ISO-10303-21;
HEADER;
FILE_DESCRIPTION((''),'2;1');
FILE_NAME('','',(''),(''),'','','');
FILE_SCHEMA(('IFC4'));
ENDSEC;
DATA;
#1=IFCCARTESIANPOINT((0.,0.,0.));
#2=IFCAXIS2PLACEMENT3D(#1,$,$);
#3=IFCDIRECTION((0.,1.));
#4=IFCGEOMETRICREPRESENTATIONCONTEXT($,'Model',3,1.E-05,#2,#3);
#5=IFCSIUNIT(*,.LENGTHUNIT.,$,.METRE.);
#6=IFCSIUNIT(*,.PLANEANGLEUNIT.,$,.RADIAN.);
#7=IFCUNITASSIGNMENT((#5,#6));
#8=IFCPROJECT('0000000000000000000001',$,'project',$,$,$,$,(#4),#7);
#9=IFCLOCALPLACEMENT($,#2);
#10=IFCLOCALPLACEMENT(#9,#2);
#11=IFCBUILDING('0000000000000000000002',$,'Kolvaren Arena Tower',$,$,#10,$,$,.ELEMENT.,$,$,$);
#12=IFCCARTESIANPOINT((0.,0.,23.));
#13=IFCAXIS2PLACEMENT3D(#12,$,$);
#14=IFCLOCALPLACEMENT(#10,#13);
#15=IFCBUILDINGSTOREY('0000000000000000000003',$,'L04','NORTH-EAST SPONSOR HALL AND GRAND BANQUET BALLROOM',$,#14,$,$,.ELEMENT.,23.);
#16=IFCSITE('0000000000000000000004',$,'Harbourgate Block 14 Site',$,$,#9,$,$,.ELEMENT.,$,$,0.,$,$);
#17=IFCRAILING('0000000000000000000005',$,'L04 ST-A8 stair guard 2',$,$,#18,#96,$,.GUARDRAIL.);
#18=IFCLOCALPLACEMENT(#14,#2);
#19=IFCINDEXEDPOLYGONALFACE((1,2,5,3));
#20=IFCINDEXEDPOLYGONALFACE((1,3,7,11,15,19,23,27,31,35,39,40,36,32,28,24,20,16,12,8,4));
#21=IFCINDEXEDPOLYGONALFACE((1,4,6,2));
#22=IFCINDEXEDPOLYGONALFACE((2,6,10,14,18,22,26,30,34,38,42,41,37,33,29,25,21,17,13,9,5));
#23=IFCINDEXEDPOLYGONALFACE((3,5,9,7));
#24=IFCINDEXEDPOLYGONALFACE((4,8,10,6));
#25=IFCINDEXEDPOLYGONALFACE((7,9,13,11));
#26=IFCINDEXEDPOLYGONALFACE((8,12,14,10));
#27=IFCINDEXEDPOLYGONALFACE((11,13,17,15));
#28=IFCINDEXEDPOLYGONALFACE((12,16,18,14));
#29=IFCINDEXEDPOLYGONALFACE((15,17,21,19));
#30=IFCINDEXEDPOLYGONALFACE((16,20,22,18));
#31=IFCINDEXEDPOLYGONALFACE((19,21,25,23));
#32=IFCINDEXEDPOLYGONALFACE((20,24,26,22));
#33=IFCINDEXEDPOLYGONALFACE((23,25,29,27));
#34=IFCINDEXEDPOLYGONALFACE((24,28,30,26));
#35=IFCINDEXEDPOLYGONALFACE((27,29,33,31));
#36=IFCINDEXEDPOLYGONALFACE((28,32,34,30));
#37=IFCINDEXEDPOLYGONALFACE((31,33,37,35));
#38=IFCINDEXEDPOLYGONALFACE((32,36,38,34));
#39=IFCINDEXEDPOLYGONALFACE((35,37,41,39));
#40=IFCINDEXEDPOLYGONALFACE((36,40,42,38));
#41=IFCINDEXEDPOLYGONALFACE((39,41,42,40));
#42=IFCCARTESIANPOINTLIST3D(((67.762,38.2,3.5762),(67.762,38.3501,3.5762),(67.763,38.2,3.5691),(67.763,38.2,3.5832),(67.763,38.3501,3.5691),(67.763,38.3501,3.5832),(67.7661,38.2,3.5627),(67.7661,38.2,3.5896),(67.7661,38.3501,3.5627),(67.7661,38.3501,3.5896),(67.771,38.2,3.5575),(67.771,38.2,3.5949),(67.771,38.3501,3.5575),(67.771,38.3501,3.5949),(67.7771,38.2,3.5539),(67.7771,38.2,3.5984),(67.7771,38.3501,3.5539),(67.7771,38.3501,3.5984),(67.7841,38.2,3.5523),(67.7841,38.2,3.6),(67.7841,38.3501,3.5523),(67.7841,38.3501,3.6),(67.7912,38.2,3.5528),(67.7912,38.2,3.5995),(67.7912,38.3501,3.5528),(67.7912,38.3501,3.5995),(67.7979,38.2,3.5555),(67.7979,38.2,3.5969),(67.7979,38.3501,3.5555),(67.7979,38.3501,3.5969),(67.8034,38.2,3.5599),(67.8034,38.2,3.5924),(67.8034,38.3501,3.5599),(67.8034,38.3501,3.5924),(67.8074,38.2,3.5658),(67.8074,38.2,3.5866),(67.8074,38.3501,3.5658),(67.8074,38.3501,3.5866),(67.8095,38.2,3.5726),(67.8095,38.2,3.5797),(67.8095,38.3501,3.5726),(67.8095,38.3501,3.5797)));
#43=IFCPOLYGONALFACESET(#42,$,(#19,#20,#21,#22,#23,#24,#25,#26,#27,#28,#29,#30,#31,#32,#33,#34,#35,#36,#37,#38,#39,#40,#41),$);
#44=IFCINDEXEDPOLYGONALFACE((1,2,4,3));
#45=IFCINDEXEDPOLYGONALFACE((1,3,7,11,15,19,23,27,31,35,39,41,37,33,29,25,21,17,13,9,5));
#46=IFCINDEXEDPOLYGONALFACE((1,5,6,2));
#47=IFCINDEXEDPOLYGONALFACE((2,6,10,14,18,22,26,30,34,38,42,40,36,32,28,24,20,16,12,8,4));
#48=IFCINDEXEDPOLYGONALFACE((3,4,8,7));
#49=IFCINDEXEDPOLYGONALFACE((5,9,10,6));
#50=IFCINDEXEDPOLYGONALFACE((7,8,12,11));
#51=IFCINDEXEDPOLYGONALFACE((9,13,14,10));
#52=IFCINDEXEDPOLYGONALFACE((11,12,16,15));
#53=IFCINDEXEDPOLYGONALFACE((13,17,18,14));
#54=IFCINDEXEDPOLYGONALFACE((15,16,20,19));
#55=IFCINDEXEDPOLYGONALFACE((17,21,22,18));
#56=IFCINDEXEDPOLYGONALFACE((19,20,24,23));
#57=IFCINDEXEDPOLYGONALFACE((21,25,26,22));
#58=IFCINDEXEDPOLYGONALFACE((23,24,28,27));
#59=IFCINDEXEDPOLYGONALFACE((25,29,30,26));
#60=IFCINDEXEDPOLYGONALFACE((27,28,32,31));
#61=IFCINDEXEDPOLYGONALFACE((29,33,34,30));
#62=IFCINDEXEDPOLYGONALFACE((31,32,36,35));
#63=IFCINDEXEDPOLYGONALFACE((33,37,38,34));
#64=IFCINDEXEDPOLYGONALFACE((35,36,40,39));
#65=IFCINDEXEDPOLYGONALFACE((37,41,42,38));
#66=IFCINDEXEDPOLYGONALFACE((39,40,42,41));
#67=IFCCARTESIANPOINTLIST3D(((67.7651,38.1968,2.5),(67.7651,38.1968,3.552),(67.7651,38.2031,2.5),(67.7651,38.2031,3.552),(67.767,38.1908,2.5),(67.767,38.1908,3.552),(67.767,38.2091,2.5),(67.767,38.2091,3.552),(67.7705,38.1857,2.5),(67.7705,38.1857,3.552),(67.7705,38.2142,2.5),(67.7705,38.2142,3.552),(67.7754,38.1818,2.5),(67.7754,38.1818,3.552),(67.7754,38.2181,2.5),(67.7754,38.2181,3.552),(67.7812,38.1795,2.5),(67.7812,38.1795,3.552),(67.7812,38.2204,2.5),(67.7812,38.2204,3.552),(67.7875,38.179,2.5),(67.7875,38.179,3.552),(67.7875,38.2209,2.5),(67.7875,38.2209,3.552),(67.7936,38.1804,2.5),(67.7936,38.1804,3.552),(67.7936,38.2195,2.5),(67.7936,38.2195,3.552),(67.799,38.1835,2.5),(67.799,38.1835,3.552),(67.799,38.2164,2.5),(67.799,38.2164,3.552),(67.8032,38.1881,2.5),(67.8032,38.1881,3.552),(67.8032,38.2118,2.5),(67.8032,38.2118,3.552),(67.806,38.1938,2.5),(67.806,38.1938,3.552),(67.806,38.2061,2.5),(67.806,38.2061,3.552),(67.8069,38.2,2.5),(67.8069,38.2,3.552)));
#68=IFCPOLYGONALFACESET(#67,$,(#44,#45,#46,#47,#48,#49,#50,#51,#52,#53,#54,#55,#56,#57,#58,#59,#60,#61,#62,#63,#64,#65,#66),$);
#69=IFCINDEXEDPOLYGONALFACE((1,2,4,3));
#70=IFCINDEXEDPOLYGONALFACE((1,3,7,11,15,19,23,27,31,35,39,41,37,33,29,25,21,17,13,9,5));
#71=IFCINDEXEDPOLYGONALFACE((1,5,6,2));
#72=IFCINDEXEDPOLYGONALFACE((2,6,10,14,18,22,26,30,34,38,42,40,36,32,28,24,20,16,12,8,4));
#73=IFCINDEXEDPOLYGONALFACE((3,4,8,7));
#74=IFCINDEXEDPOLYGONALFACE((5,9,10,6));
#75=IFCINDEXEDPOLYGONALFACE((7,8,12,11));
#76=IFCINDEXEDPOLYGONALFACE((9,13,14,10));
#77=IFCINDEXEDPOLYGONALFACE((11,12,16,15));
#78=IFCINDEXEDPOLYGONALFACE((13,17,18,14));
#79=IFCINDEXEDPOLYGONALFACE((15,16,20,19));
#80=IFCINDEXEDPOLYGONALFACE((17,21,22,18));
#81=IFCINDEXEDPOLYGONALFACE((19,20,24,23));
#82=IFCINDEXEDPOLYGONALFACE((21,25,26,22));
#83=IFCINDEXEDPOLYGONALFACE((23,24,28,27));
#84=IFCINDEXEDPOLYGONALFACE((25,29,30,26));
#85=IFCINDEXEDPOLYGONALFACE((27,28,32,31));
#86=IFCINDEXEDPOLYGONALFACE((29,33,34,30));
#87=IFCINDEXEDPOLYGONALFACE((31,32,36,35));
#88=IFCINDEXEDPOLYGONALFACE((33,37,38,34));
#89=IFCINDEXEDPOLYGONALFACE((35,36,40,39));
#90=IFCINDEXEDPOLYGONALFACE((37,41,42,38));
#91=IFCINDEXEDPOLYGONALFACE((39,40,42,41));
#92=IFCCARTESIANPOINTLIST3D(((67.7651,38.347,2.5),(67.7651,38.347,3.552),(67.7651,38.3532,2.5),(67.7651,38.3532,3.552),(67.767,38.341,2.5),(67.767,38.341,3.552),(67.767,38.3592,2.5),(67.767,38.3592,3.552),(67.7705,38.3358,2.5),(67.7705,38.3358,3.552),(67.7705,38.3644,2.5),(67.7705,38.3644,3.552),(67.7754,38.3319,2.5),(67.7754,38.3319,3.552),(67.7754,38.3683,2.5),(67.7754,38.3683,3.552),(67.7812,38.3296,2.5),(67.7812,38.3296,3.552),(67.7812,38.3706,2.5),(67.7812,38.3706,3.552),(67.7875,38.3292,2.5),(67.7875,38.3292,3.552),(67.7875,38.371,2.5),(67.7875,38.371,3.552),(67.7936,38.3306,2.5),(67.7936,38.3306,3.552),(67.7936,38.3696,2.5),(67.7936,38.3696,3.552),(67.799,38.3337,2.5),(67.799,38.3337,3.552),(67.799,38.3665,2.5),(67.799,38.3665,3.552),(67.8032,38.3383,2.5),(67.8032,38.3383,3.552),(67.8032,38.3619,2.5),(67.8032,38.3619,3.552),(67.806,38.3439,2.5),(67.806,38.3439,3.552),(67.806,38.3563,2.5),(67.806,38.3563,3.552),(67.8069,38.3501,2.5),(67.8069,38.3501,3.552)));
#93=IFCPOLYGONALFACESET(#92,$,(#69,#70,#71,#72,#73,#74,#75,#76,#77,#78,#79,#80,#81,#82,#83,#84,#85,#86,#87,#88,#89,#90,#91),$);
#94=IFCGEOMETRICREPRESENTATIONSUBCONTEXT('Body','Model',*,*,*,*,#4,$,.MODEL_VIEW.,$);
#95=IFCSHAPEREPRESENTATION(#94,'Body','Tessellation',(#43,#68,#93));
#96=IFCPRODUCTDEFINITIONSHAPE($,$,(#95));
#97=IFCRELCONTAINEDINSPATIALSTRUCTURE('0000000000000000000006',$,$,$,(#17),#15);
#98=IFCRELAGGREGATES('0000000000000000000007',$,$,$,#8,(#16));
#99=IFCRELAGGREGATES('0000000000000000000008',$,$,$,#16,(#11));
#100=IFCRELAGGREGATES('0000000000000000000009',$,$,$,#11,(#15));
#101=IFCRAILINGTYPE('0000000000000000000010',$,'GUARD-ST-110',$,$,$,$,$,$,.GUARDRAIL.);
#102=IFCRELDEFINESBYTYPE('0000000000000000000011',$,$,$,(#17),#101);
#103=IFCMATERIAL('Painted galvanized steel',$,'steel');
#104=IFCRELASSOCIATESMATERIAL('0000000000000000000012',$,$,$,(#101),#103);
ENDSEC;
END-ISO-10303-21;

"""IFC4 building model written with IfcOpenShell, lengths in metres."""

from ifc_helpers import new_model, si_unit, direction, frame, origin, origin_2d, place, context, subcontext, project, spatial, circle, extrude, material, type_object, element, save


model = new_model("IFC4")

# Units and contexts
model_context = context("Model", 3, precision=1e-05, world=origin(), true_north=direction((0.0, 1.0)))
body_context = subcontext(model_context, "Body", "Model", "MODEL_VIEW")
ifc_project = project(units=[si_unit("LENGTHUNIT", "METRE"), si_unit("PLANEANGLEUNIT", "RADIAN")], contexts=[model_context])

# Site, building, storey
site_placement = place(None, origin())
site = spatial("IfcSite", under=ifc_project, at=site_placement, Name="Harbourgate Block 14 Site", CompositionType="ELEMENT", RefElevation=0.0)
building_placement = place(site_placement, origin())
building = spatial("IfcBuilding", under=site, at=building_placement, Name="Kolvaren Arena Tower", CompositionType="ELEMENT")
storey_placement = place(building_placement, frame((0.0, 0.0, 23.0)))
storey = spatial("IfcBuildingStorey", under=building, at=storey_placement, Name="L04", Description="NORTH-EAST SPONSOR HALL AND GRAND BANQUET BALLROOM", CompositionType="ELEMENT", Elevation=23.0)

# Railing
ifc_material_1 = material(Name="Painted galvanized steel", Category="steel")
railing_type_1 = type_object("IfcRailingType", Name="GUARD-ST-110", PredefinedType="GUARDRAIL", material=ifc_material_1)
railing_1_placement = place(storey_placement, frame((67.7859, 38.2, 2.5)))
element("IfcRailing", 1, at=railing_1_placement, inside=storey, type_object=railing_type_1, Name="L04 ST-A8 stair guard 2", PredefinedType="GUARDRAIL", context=body_context, shape_type="SweptSolid", body=[
    extrude(circle(Radius=0.0239, at=origin_2d()), frame((0.0, 0.0, 1.0762), z_axis=(0.0, 1.0, 0.0), x_axis=(-1.0, 0.0, 0.0)), (0.0, 0.0, 1.0), 0.1501),
    extrude(circle(Radius=0.021, at=origin_2d()), origin(), (0.0, 0.0, 1.0), 1.052),
    extrude(circle(Radius=0.021, at=origin_2d()), frame((0.0, 0.1501, 0.0)), (0.0, 0.0, 1.0), 1.052),
])

save(model, "model.ifc")
